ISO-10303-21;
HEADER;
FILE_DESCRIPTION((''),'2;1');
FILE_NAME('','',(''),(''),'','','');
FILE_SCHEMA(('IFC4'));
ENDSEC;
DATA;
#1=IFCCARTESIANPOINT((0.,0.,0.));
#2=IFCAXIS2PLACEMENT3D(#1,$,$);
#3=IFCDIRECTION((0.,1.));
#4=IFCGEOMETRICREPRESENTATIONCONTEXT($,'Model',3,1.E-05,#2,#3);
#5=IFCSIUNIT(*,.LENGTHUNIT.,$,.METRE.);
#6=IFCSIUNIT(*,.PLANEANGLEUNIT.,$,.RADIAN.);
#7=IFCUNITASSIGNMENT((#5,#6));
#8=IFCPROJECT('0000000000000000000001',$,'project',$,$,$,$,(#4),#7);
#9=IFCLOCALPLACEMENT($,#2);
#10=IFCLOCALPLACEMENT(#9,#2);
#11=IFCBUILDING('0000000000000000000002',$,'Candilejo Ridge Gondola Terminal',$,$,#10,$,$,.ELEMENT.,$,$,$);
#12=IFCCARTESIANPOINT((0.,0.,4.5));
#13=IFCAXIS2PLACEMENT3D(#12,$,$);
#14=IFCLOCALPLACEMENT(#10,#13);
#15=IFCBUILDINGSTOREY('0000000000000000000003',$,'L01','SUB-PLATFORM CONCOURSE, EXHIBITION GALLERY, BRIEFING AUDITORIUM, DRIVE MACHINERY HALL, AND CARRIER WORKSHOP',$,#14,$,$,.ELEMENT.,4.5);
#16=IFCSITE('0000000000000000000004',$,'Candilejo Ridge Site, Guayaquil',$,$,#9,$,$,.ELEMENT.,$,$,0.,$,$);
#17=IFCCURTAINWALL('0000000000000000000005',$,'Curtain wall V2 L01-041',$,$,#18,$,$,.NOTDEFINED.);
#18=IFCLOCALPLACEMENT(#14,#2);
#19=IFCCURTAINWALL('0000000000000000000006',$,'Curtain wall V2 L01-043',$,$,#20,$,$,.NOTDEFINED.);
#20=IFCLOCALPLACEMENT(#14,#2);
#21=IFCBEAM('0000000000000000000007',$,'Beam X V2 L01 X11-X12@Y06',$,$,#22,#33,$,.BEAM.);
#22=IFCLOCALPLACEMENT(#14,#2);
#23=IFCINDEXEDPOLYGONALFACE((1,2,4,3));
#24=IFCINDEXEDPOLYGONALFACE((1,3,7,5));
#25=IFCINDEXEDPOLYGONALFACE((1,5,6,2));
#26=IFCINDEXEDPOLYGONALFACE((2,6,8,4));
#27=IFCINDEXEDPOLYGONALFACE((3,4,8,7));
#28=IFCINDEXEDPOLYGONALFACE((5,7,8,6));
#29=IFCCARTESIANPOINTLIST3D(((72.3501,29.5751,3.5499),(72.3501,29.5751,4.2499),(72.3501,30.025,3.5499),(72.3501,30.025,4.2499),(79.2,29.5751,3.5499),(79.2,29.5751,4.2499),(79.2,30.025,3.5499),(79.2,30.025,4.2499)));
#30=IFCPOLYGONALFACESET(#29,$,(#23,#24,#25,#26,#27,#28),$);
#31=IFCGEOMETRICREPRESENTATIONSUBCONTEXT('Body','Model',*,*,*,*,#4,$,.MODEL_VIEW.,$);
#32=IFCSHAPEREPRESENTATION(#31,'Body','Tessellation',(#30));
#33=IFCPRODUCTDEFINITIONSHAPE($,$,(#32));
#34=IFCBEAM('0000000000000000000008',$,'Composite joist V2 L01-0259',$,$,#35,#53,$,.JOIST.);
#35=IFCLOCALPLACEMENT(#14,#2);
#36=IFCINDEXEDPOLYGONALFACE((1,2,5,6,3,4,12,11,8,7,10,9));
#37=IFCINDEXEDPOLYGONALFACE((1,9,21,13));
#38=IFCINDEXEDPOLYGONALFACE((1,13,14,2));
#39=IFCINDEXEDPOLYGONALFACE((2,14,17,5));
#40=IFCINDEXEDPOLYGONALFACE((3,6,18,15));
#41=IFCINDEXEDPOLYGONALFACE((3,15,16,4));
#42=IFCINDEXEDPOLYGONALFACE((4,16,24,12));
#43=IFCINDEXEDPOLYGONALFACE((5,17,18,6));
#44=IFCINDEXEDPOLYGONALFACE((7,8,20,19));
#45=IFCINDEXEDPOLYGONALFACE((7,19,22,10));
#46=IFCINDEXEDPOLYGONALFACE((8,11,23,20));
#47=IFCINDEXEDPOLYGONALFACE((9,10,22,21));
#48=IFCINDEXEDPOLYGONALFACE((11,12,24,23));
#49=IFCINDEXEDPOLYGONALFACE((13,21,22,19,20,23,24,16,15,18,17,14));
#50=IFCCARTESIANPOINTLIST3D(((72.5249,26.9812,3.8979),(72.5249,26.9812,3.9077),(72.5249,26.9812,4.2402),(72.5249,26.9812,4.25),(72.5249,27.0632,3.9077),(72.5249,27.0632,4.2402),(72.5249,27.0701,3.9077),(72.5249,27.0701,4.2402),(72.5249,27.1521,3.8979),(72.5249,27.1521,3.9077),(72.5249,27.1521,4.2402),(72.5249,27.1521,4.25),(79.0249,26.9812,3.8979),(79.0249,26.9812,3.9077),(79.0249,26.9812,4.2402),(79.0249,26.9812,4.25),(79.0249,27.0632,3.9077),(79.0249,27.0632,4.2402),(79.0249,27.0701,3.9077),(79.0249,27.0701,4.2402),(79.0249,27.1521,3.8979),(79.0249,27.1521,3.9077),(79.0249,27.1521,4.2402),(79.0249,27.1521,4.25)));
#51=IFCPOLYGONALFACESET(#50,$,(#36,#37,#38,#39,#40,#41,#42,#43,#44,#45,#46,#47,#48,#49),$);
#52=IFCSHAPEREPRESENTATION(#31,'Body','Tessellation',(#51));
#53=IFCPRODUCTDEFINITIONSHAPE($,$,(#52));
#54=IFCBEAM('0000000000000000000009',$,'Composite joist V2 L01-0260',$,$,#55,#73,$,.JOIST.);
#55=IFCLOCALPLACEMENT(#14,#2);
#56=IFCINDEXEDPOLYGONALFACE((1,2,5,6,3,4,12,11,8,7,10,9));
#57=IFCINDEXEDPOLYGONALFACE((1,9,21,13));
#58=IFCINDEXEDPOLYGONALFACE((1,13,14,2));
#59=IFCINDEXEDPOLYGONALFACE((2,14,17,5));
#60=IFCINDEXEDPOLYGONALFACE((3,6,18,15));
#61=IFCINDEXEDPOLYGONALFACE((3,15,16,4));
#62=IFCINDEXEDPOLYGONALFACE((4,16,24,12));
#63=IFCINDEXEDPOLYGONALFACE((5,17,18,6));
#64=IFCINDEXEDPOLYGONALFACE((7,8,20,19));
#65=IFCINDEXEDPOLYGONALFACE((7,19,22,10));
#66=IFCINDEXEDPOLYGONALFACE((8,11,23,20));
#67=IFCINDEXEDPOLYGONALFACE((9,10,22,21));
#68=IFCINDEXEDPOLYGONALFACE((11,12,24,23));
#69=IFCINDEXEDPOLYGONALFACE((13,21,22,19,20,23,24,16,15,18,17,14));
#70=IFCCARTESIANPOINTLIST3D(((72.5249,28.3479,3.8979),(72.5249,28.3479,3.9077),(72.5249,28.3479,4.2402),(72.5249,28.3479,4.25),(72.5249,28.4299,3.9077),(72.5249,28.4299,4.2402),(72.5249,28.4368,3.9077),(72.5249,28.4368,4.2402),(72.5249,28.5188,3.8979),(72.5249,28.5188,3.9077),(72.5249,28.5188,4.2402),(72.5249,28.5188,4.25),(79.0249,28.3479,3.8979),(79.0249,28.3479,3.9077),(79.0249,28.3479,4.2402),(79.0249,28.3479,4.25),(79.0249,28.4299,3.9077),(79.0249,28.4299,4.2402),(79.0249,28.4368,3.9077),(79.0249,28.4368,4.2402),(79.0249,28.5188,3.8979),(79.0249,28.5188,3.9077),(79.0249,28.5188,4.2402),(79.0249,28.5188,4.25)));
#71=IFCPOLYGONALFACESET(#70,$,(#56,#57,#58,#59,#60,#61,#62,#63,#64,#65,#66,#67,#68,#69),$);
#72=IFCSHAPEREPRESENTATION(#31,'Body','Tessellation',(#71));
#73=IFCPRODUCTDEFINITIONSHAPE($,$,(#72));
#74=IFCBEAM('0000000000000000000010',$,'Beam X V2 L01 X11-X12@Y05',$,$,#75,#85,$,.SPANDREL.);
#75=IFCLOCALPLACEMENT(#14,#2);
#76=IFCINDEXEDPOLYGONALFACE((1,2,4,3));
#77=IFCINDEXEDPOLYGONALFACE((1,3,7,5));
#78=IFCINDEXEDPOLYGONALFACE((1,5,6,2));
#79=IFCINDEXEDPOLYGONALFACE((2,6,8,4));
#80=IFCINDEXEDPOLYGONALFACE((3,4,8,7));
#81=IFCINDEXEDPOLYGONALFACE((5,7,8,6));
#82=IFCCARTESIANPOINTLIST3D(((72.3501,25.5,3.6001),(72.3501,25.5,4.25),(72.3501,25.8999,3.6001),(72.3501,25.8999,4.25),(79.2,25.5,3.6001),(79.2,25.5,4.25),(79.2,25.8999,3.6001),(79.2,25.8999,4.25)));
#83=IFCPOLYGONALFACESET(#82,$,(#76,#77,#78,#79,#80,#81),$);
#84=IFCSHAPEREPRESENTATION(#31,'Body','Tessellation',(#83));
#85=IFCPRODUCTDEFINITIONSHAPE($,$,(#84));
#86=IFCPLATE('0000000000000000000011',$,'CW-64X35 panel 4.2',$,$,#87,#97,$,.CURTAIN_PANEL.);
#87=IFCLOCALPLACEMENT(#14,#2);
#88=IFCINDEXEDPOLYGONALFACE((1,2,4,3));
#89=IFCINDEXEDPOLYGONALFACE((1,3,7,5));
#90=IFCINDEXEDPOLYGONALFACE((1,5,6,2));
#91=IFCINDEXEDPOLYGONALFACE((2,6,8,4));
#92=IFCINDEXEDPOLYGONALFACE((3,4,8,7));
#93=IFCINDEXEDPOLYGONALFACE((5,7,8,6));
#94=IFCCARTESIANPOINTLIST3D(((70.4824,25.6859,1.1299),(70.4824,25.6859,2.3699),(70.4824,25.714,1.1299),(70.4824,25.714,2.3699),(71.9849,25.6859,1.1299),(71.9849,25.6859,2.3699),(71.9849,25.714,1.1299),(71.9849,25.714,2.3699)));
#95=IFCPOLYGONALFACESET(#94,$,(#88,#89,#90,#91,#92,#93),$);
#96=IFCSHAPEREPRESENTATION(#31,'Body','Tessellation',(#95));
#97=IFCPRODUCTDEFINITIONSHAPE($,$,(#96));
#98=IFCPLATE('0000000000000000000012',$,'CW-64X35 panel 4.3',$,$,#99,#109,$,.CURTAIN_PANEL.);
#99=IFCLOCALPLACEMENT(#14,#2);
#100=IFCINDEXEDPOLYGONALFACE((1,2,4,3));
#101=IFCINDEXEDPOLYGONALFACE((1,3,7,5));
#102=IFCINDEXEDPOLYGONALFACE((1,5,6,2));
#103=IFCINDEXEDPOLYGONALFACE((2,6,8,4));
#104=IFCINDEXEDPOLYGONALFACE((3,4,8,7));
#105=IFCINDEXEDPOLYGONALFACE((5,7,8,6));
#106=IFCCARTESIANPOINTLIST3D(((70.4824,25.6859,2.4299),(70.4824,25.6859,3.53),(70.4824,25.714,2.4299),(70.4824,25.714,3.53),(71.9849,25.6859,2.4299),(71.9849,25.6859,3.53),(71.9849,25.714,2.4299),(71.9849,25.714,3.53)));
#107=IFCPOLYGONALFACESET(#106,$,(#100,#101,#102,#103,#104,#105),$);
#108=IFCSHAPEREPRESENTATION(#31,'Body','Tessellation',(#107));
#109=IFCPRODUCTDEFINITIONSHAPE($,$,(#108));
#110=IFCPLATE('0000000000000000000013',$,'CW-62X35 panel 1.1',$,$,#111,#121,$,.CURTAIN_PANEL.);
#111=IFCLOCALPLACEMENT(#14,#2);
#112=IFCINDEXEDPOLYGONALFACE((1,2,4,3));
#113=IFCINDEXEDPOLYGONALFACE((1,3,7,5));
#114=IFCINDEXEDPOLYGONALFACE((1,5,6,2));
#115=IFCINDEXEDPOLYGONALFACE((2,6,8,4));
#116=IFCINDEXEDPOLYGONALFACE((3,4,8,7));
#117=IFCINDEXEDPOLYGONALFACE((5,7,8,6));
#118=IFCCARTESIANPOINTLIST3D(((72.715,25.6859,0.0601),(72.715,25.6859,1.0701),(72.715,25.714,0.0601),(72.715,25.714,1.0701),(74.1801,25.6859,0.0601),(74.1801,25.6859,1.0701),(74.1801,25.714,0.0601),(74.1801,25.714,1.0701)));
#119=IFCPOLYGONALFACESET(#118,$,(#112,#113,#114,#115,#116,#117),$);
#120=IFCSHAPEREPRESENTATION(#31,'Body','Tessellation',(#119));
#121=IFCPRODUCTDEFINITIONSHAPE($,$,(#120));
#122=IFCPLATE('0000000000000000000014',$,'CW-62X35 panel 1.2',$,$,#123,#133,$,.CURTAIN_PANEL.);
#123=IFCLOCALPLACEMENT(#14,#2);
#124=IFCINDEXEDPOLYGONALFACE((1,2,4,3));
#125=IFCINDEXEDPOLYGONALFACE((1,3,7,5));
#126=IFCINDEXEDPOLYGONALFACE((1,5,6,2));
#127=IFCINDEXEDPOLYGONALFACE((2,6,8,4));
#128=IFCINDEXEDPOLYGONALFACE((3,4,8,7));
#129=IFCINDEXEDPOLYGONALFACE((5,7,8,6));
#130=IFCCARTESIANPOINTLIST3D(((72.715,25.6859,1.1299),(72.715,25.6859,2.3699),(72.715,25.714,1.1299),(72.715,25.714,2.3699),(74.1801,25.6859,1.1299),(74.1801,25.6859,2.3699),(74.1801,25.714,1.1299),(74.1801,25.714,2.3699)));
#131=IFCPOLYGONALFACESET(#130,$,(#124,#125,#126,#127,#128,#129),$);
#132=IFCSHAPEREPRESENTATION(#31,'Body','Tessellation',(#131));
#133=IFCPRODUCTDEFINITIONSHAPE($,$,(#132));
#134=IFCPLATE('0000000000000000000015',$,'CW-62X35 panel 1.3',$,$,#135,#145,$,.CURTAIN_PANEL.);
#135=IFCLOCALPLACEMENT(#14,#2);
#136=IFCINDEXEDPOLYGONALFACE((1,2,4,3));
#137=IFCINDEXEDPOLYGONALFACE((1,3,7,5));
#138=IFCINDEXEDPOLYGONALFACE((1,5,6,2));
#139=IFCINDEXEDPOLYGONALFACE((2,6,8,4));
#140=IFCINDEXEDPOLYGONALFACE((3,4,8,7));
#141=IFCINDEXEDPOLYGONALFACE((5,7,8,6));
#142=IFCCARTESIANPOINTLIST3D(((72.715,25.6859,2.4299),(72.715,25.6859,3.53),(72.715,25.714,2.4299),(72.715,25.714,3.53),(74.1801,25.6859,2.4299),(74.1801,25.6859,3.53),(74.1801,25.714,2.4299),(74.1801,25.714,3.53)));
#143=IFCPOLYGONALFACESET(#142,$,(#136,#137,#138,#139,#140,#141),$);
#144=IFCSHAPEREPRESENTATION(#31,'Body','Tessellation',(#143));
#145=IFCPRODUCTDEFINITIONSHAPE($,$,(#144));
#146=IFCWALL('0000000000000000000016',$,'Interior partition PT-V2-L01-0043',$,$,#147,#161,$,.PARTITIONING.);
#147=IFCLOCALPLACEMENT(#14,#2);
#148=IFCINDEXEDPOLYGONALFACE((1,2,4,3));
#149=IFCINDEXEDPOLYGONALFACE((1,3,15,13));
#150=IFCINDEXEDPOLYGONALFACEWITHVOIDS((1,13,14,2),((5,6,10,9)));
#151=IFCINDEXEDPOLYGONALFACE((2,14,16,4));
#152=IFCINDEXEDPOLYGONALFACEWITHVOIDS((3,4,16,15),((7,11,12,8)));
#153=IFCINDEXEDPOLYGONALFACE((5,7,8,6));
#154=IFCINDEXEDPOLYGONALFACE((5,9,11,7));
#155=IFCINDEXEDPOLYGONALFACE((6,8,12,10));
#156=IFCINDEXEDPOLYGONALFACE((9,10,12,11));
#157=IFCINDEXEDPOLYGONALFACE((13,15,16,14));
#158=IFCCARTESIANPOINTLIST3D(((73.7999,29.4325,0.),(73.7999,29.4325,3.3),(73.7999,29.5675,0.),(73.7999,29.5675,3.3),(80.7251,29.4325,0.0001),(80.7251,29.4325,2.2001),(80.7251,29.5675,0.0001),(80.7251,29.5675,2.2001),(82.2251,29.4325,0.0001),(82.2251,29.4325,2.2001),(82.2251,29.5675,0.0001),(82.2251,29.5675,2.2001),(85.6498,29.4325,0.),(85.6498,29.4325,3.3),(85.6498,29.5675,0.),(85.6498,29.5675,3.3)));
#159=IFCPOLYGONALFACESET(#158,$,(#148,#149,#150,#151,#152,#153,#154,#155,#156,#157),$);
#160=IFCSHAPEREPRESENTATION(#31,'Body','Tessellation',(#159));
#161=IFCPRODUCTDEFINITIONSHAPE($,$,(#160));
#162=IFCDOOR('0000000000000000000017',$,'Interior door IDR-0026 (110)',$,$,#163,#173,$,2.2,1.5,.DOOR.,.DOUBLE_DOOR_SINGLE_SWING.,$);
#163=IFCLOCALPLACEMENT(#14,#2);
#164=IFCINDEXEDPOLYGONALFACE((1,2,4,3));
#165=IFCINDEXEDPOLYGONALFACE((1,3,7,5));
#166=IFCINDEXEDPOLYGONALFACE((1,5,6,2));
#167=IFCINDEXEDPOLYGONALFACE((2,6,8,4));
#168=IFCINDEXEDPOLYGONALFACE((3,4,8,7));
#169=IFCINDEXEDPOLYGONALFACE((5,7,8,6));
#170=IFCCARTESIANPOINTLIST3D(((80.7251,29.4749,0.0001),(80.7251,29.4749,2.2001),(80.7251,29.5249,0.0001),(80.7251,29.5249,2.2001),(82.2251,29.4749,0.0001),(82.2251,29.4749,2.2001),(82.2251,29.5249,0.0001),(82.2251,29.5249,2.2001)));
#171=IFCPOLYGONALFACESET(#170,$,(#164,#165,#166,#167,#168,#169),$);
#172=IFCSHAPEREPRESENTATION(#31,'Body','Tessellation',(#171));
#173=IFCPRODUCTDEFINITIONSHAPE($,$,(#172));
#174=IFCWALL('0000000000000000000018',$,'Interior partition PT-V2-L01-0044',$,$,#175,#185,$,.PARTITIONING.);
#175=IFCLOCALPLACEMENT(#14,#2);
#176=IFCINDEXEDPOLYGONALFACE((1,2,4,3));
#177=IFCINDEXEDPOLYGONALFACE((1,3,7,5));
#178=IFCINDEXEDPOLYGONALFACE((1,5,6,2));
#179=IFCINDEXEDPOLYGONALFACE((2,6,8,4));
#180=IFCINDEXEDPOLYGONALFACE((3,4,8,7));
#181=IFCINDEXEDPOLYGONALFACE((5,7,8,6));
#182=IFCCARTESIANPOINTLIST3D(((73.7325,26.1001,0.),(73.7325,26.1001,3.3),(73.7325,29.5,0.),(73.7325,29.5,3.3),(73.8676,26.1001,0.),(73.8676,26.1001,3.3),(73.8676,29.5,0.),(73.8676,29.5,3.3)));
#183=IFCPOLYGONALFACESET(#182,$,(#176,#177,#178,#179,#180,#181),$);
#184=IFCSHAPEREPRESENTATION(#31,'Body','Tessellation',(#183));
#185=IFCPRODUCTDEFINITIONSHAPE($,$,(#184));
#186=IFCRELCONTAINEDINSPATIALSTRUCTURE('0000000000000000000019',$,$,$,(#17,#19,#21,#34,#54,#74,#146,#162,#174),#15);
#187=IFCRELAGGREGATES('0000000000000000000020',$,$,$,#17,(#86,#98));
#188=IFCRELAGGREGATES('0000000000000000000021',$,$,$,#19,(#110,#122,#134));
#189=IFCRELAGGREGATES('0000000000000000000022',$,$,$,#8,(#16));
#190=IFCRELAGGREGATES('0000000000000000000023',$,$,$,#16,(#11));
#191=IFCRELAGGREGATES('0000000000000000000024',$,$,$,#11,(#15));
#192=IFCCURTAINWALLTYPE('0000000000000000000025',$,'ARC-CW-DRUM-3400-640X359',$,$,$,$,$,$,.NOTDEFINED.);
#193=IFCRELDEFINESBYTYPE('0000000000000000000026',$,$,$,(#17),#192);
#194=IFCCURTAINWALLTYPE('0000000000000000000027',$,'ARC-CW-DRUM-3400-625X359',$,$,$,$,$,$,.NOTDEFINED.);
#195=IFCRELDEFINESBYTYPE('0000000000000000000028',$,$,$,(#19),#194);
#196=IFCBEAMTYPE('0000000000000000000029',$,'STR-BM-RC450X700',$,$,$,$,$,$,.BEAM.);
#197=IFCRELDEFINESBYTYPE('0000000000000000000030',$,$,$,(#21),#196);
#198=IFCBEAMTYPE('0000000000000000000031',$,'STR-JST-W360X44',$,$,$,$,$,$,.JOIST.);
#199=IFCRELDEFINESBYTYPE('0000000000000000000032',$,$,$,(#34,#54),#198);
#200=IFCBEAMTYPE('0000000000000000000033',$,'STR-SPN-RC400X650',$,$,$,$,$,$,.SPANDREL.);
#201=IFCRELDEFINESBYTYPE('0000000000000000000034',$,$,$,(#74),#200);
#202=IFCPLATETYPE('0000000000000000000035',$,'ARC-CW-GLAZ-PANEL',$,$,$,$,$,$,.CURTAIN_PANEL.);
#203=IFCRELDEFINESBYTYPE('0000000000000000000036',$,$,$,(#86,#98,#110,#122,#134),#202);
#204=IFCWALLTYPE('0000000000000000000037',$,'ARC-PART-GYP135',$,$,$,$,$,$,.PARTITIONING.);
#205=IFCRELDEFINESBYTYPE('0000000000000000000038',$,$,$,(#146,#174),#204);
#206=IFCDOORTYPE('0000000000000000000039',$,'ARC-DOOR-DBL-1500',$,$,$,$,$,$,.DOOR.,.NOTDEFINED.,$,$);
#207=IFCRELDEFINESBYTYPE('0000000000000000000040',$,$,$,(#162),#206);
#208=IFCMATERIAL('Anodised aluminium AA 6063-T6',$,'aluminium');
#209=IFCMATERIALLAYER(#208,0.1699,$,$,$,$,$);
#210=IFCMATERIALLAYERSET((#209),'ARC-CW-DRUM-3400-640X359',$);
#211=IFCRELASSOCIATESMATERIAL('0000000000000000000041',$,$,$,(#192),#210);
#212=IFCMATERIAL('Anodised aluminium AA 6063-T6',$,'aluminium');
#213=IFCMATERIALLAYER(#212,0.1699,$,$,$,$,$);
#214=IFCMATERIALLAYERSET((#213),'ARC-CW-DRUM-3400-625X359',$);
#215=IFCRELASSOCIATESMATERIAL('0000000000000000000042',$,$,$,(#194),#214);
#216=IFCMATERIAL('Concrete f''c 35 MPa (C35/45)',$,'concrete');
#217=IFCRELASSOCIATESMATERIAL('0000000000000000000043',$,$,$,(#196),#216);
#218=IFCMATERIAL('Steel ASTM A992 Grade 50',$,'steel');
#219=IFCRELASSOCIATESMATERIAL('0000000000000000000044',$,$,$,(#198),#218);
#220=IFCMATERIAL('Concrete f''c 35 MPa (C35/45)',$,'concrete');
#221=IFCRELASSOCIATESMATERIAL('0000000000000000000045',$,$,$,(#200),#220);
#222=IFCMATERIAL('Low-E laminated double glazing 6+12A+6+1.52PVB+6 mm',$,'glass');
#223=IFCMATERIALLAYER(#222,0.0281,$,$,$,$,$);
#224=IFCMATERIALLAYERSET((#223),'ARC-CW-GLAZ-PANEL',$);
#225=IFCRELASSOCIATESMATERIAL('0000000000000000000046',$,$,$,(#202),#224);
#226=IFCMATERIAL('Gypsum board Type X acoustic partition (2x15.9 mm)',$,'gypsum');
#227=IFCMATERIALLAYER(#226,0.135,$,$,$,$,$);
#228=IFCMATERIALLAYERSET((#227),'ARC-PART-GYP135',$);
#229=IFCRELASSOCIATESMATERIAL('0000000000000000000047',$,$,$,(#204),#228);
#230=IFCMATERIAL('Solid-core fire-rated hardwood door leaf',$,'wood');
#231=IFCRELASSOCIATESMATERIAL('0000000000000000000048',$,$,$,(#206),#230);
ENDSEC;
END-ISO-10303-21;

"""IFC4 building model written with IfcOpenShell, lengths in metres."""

from ifc_helpers import new_model, si_unit, direction, frame, frame_2d, origin, origin_2d, place, context, subcontext, project, spatial, rectangle, i_section, extrude, material, layer, layer_set, material_profile, profile_set, type_object, element, fill, aggregate, save


model = new_model("IFC4")

# Units and contexts
model_context = context("Model", 3, precision=1e-05, world=origin(), true_north=direction((0.0, 1.0)))
body_context = subcontext(model_context, "Body", "Model", "MODEL_VIEW")
ifc_project = project(units=[si_unit("LENGTHUNIT", "METRE"), si_unit("PLANEANGLEUNIT", "RADIAN")], contexts=[model_context])

# Site, building, storey
site_placement = place(None, origin())
site = spatial("IfcSite", under=ifc_project, at=site_placement, Name="Candilejo Ridge Site, Guayaquil", CompositionType="ELEMENT", RefElevation=0.0)
building_placement = place(site_placement, origin())
building = spatial("IfcBuilding", under=site, at=building_placement, Name="Candilejo Ridge Gondola Terminal", CompositionType="ELEMENT")
storey_placement = place(building_placement, frame((0.0, 0.0, 4.5)))
storey = spatial("IfcBuildingStorey", under=building, at=storey_placement, Name="L01", Description="SUB-PLATFORM CONCOURSE, EXHIBITION GALLERY, BRIEFING AUDITORIUM, DRIVE MACHINERY HALL, AND CARRIER WORKSHOP", CompositionType="ELEMENT", Elevation=4.5)

# Curtain wall
ifc_material_1 = material(Name="Anodised aluminium AA 6063-T6", Category="aluminium")
ifc_layer_1 = layer(ifc_material_1, 0.1699)
ifc_layer_set_1 = layer_set([ifc_layer_1], Name="ARC-CW-DRUM-3400-640X359")
curtain_wall_type_1 = type_object("IfcCurtainWallType", Name="ARC-CW-DRUM-3400-640X359", PredefinedType="NOTDEFINED", material=ifc_layer_set_1)
curtain_wall_1_placement = place(storey_placement, origin())
curtain_wall_1 = element("IfcCurtainWall", 1, at=curtain_wall_1_placement, inside=storey, type_object=curtain_wall_type_1, Name="Curtain wall V2 L01-041", PredefinedType="NOTDEFINED")

# Curtain wall
ifc_material_2 = material(Name="Anodised aluminium AA 6063-T6", Category="aluminium")
ifc_layer_2 = layer(ifc_material_2, 0.1699)
ifc_layer_set_2 = layer_set([ifc_layer_2], Name="ARC-CW-DRUM-3400-625X359")
curtain_wall_type_2 = type_object("IfcCurtainWallType", Name="ARC-CW-DRUM-3400-625X359", PredefinedType="NOTDEFINED", material=ifc_layer_set_2)
curtain_wall_2_placement = place(storey_placement, origin())
curtain_wall_2 = element("IfcCurtainWall", 2, at=curtain_wall_2_placement, inside=storey, type_object=curtain_wall_type_2, Name="Curtain wall V2 L01-043", PredefinedType="NOTDEFINED")

# Beams
ifc_material_3 = material(Name="Concrete f'c 35 MPa (C35/45)", Category="concrete")
ifc_material_profile_1 = material_profile(ifc_material_3, rectangle(XDim=0.45, YDim=0.7, at=origin_2d()))
ifc_profile_set_1 = profile_set([ifc_material_profile_1], Name="Concrete f'c 35 MPa (C35/45)")
beam_type_1 = type_object("IfcBeamType", Name="STR-BM-RC450X700", PredefinedType="BEAM", material=ifc_profile_set_1)
beam_1_placement = place(storey_placement, frame((72.3501, 29.8, 3.8999), z_axis=(1.0, 0.0, 0.0), x_axis=(0.0, 1.0, 0.0)))
element("IfcBeam", 3, at=beam_1_placement, inside=storey, type_object=beam_type_1, Name="Beam X V2 L01 X11-X12@Y06", PredefinedType="BEAM", context=body_context, shape_type="SweptSolid", body=[
    extrude(rectangle(XDim=0.45, YDim=0.7, at=origin_2d()), origin(), (0.0, 0.0, 1.0), 6.8499),
])
ifc_material_4 = material(Name="Steel ASTM A992 Grade 50", Category="steel")
ifc_material_profile_2 = material_profile(ifc_material_4, i_section(OverallWidth=0.1709, OverallDepth=0.3521, WebThickness=0.0068, FlangeThickness=0.0098, at=origin_2d()))
ifc_profile_set_2 = profile_set([ifc_material_profile_2], Name="Steel ASTM A992 Grade 50")
beam_type_2 = type_object("IfcBeamType", Name="STR-JST-W360X44", PredefinedType="JOIST", material=ifc_profile_set_2)
for number, where, z_axis, x_axis, name in (
    (4, (72.5249, 27.0667, 4.074), (1.0, 0.0, 0.0), (0.0, 1.0, 0.0), "Composite joist V2 L01-0259"),
    (5, (72.5249, 28.4333, 4.074), (1.0, 0.0, 0.0), (0.0, 1.0, 0.0), "Composite joist V2 L01-0260"),
):
    element("IfcBeam", number, at=place(storey_placement, frame(where, z_axis=z_axis, x_axis=x_axis)), inside=storey, type_object=beam_type_2, Name=name, PredefinedType="JOIST", context=body_context, shape_type="SweptSolid", body=[
        extrude(i_section(OverallWidth=0.1709, OverallDepth=0.3521, WebThickness=0.0068, FlangeThickness=0.0098, at=origin_2d()), origin(), (0.0, 0.0, 1.0), 6.5),
    ])
ifc_material_5 = material(Name="Concrete f'c 35 MPa (C35/45)", Category="concrete")
ifc_material_profile_3 = material_profile(ifc_material_5, rectangle(XDim=0.3999, YDim=0.6499, at=origin_2d()))
ifc_profile_set_3 = profile_set([ifc_material_profile_3], Name="Concrete f'c 35 MPa (C35/45)")
beam_type_3 = type_object("IfcBeamType", Name="STR-SPN-RC400X650", PredefinedType="SPANDREL", material=ifc_profile_set_3)
beam_2_placement = place(storey_placement, frame((72.3501, 25.7, 3.925), z_axis=(1.0, 0.0, 0.0), x_axis=(0.0, 1.0, 0.0)))
element("IfcBeam", 6, at=beam_2_placement, inside=storey, type_object=beam_type_3, Name="Beam X V2 L01 X11-X12@Y05", PredefinedType="SPANDREL", context=body_context, shape_type="SweptSolid", body=[
    extrude(rectangle(XDim=0.3999, YDim=0.6499, at=origin_2d()), origin(), (0.0, 0.0, 1.0), 6.8499),
])

# Plates
ifc_material_6 = material(Name="Low-E laminated double glazing 6+12A+6+1.52PVB+6 mm", Category="glass")
ifc_layer_3 = layer(ifc_material_6, 0.0281)
ifc_layer_set_3 = layer_set([ifc_layer_3], Name="ARC-CW-GLAZ-PANEL")
plate_type = type_object("IfcPlateType", Name="ARC-CW-GLAZ-PANEL", PredefinedType="CURTAIN_PANEL", material=ifc_layer_set_3)
plate_1_placement = place(storey_placement, frame((71.2336, 25.7, 1.1299), z_axis=(0.0, 0.0, 1.0), x_axis=(1.0, 0.0, 0.0)))
plate_1 = element("IfcPlate", 7, at=plate_1_placement, type_object=plate_type, Name="CW-64X35 panel 4.2", PredefinedType="CURTAIN_PANEL", context=body_context, shape_type="SweptSolid", body=[
    extrude(rectangle(XDim=1.5024, YDim=0.0281, at=origin_2d()), origin(), (0.0, 0.0, 1.0), 1.24),
])
plate_2_placement = place(storey_placement, frame((71.2336, 25.7, 2.4299), z_axis=(0.0, 0.0, 1.0), x_axis=(1.0, 0.0, 0.0)))
plate_2 = element("IfcPlate", 8, at=plate_2_placement, type_object=plate_type, Name="CW-64X35 panel 4.3", PredefinedType="CURTAIN_PANEL", context=body_context, shape_type="SweptSolid", body=[
    extrude(rectangle(XDim=1.5024, YDim=0.0281, at=origin_2d()), origin(), (0.0, 0.0, 1.0), 1.1001),
])
aggregate(curtain_wall_1, [plate_1, plate_2])
plate_3_placement = place(storey_placement, frame((73.4475, 25.7, 0.0601), z_axis=(0.0, 0.0, 1.0), x_axis=(1.0, 0.0, 0.0)))
plate_3 = element("IfcPlate", 9, at=plate_3_placement, type_object=plate_type, Name="CW-62X35 panel 1.1", PredefinedType="CURTAIN_PANEL", context=body_context, shape_type="SweptSolid", body=[
    extrude(rectangle(XDim=1.4651, YDim=0.0281, at=origin_2d()), origin(), (0.0, 0.0, 1.0), 1.01),
])
plate_4_placement = place(storey_placement, frame((73.4475, 25.7, 1.1299), z_axis=(0.0, 0.0, 1.0), x_axis=(1.0, 0.0, 0.0)))
plate_4 = element("IfcPlate", 10, at=plate_4_placement, type_object=plate_type, Name="CW-62X35 panel 1.2", PredefinedType="CURTAIN_PANEL", context=body_context, shape_type="SweptSolid", body=[
    extrude(rectangle(XDim=1.4651, YDim=0.0281, at=origin_2d()), origin(), (0.0, 0.0, 1.0), 1.24),
])
plate_5_placement = place(storey_placement, frame((73.4475, 25.7, 2.4299), z_axis=(0.0, 0.0, 1.0), x_axis=(1.0, 0.0, 0.0)))
plate_5 = element("IfcPlate", 11, at=plate_5_placement, type_object=plate_type, Name="CW-62X35 panel 1.3", PredefinedType="CURTAIN_PANEL", context=body_context, shape_type="SweptSolid", body=[
    extrude(rectangle(XDim=1.4651, YDim=0.0281, at=origin_2d()), origin(), (0.0, 0.0, 1.0), 1.1001),
])
aggregate(curtain_wall_2, [plate_3, plate_4, plate_5])

# Wall, opening, door
ifc_material_7 = material(Name="Gypsum board Type X acoustic partition (2x15.9 mm)", Category="gypsum")
ifc_layer_4 = layer(ifc_material_7, 0.135)
ifc_layer_set_4 = layer_set([ifc_layer_4], Name="ARC-PART-GYP135")
wall_type = type_object("IfcWallType", Name="ARC-PART-GYP135", PredefinedType="PARTITIONING", material=ifc_layer_set_4)
wall_1_placement = place(storey_placement, frame((73.8, 29.5, 0.0), z_axis=(0.0, 0.0, 1.0), x_axis=(1.0, 0.0, 0.0)))
wall_1 = element("IfcWall", 12, at=wall_1_placement, inside=storey, type_object=wall_type, Name="Interior partition PT-V2-L01-0043", PredefinedType="PARTITIONING", context=body_context, shape_type="SweptSolid", body=[
    extrude(rectangle(XDim=11.8499, YDim=0.135, at=frame_2d((5.9248, 0.0))), origin(), (0.0, 0.0, 1.0), 3.3),
])
opening_placement = place(wall_1_placement, frame((6.925, 0.0, 0.0)))
opening = element("IfcOpeningElement", 13, at=opening_placement, cuts=wall_1, PredefinedType="OPENING", context=body_context, shape_type="SweptSolid", body=[
    extrude(rectangle(XDim=1.5, YDim=2.2, at=frame_2d((0.75, 1.1001))), frame((0.0, 0.0774, 0.0), z_axis=(0.0, -1.0, 0.0), x_axis=(1.0, 0.0, 0.0)), (0.0, 0.0, 1.0), 0.155),
])
ifc_material_8 = material(Name="Solid-core fire-rated hardwood door leaf", Category="wood")
door_type = type_object("IfcDoorType", Name="ARC-DOOR-DBL-1500", OperationType="NOTDEFINED", PredefinedType="DOOR", material=ifc_material_8)
door_placement = place(opening_placement, origin())
door = element("IfcDoor", 14, at=door_placement, inside=storey, type_object=door_type, Name="Interior door IDR-0026 (110)", OperationType="DOUBLE_DOOR_SINGLE_SWING", OverallHeight=2.2, OverallWidth=1.5, PredefinedType="DOOR", context=body_context, shape_type="SweptSolid", body=[
    extrude(rectangle(XDim=1.5, YDim=2.2, at=frame_2d((0.75, 1.1001))), frame((0.0, 0.0249, 0.0), z_axis=(0.0, -1.0, 0.0), x_axis=(1.0, 0.0, 0.0)), (0.0, 0.0, 1.0), 0.05),
])
fill(opening, door)

# Wall
wall_2_placement = place(storey_placement, frame((73.8, 26.1001, 0.0), z_axis=(0.0, 0.0, 1.0), x_axis=(0.0, 1.0, 0.0)))
element("IfcWall", 15, at=wall_2_placement, inside=storey, type_object=wall_type, Name="Interior partition PT-V2-L01-0044", PredefinedType="PARTITIONING", context=body_context, shape_type="SweptSolid", body=[
    extrude(rectangle(XDim=3.3999, YDim=0.135, at=frame_2d((1.7, 0.0))), origin(), (0.0, 0.0, 1.0), 3.3),
])

save(model, "model.ifc")
